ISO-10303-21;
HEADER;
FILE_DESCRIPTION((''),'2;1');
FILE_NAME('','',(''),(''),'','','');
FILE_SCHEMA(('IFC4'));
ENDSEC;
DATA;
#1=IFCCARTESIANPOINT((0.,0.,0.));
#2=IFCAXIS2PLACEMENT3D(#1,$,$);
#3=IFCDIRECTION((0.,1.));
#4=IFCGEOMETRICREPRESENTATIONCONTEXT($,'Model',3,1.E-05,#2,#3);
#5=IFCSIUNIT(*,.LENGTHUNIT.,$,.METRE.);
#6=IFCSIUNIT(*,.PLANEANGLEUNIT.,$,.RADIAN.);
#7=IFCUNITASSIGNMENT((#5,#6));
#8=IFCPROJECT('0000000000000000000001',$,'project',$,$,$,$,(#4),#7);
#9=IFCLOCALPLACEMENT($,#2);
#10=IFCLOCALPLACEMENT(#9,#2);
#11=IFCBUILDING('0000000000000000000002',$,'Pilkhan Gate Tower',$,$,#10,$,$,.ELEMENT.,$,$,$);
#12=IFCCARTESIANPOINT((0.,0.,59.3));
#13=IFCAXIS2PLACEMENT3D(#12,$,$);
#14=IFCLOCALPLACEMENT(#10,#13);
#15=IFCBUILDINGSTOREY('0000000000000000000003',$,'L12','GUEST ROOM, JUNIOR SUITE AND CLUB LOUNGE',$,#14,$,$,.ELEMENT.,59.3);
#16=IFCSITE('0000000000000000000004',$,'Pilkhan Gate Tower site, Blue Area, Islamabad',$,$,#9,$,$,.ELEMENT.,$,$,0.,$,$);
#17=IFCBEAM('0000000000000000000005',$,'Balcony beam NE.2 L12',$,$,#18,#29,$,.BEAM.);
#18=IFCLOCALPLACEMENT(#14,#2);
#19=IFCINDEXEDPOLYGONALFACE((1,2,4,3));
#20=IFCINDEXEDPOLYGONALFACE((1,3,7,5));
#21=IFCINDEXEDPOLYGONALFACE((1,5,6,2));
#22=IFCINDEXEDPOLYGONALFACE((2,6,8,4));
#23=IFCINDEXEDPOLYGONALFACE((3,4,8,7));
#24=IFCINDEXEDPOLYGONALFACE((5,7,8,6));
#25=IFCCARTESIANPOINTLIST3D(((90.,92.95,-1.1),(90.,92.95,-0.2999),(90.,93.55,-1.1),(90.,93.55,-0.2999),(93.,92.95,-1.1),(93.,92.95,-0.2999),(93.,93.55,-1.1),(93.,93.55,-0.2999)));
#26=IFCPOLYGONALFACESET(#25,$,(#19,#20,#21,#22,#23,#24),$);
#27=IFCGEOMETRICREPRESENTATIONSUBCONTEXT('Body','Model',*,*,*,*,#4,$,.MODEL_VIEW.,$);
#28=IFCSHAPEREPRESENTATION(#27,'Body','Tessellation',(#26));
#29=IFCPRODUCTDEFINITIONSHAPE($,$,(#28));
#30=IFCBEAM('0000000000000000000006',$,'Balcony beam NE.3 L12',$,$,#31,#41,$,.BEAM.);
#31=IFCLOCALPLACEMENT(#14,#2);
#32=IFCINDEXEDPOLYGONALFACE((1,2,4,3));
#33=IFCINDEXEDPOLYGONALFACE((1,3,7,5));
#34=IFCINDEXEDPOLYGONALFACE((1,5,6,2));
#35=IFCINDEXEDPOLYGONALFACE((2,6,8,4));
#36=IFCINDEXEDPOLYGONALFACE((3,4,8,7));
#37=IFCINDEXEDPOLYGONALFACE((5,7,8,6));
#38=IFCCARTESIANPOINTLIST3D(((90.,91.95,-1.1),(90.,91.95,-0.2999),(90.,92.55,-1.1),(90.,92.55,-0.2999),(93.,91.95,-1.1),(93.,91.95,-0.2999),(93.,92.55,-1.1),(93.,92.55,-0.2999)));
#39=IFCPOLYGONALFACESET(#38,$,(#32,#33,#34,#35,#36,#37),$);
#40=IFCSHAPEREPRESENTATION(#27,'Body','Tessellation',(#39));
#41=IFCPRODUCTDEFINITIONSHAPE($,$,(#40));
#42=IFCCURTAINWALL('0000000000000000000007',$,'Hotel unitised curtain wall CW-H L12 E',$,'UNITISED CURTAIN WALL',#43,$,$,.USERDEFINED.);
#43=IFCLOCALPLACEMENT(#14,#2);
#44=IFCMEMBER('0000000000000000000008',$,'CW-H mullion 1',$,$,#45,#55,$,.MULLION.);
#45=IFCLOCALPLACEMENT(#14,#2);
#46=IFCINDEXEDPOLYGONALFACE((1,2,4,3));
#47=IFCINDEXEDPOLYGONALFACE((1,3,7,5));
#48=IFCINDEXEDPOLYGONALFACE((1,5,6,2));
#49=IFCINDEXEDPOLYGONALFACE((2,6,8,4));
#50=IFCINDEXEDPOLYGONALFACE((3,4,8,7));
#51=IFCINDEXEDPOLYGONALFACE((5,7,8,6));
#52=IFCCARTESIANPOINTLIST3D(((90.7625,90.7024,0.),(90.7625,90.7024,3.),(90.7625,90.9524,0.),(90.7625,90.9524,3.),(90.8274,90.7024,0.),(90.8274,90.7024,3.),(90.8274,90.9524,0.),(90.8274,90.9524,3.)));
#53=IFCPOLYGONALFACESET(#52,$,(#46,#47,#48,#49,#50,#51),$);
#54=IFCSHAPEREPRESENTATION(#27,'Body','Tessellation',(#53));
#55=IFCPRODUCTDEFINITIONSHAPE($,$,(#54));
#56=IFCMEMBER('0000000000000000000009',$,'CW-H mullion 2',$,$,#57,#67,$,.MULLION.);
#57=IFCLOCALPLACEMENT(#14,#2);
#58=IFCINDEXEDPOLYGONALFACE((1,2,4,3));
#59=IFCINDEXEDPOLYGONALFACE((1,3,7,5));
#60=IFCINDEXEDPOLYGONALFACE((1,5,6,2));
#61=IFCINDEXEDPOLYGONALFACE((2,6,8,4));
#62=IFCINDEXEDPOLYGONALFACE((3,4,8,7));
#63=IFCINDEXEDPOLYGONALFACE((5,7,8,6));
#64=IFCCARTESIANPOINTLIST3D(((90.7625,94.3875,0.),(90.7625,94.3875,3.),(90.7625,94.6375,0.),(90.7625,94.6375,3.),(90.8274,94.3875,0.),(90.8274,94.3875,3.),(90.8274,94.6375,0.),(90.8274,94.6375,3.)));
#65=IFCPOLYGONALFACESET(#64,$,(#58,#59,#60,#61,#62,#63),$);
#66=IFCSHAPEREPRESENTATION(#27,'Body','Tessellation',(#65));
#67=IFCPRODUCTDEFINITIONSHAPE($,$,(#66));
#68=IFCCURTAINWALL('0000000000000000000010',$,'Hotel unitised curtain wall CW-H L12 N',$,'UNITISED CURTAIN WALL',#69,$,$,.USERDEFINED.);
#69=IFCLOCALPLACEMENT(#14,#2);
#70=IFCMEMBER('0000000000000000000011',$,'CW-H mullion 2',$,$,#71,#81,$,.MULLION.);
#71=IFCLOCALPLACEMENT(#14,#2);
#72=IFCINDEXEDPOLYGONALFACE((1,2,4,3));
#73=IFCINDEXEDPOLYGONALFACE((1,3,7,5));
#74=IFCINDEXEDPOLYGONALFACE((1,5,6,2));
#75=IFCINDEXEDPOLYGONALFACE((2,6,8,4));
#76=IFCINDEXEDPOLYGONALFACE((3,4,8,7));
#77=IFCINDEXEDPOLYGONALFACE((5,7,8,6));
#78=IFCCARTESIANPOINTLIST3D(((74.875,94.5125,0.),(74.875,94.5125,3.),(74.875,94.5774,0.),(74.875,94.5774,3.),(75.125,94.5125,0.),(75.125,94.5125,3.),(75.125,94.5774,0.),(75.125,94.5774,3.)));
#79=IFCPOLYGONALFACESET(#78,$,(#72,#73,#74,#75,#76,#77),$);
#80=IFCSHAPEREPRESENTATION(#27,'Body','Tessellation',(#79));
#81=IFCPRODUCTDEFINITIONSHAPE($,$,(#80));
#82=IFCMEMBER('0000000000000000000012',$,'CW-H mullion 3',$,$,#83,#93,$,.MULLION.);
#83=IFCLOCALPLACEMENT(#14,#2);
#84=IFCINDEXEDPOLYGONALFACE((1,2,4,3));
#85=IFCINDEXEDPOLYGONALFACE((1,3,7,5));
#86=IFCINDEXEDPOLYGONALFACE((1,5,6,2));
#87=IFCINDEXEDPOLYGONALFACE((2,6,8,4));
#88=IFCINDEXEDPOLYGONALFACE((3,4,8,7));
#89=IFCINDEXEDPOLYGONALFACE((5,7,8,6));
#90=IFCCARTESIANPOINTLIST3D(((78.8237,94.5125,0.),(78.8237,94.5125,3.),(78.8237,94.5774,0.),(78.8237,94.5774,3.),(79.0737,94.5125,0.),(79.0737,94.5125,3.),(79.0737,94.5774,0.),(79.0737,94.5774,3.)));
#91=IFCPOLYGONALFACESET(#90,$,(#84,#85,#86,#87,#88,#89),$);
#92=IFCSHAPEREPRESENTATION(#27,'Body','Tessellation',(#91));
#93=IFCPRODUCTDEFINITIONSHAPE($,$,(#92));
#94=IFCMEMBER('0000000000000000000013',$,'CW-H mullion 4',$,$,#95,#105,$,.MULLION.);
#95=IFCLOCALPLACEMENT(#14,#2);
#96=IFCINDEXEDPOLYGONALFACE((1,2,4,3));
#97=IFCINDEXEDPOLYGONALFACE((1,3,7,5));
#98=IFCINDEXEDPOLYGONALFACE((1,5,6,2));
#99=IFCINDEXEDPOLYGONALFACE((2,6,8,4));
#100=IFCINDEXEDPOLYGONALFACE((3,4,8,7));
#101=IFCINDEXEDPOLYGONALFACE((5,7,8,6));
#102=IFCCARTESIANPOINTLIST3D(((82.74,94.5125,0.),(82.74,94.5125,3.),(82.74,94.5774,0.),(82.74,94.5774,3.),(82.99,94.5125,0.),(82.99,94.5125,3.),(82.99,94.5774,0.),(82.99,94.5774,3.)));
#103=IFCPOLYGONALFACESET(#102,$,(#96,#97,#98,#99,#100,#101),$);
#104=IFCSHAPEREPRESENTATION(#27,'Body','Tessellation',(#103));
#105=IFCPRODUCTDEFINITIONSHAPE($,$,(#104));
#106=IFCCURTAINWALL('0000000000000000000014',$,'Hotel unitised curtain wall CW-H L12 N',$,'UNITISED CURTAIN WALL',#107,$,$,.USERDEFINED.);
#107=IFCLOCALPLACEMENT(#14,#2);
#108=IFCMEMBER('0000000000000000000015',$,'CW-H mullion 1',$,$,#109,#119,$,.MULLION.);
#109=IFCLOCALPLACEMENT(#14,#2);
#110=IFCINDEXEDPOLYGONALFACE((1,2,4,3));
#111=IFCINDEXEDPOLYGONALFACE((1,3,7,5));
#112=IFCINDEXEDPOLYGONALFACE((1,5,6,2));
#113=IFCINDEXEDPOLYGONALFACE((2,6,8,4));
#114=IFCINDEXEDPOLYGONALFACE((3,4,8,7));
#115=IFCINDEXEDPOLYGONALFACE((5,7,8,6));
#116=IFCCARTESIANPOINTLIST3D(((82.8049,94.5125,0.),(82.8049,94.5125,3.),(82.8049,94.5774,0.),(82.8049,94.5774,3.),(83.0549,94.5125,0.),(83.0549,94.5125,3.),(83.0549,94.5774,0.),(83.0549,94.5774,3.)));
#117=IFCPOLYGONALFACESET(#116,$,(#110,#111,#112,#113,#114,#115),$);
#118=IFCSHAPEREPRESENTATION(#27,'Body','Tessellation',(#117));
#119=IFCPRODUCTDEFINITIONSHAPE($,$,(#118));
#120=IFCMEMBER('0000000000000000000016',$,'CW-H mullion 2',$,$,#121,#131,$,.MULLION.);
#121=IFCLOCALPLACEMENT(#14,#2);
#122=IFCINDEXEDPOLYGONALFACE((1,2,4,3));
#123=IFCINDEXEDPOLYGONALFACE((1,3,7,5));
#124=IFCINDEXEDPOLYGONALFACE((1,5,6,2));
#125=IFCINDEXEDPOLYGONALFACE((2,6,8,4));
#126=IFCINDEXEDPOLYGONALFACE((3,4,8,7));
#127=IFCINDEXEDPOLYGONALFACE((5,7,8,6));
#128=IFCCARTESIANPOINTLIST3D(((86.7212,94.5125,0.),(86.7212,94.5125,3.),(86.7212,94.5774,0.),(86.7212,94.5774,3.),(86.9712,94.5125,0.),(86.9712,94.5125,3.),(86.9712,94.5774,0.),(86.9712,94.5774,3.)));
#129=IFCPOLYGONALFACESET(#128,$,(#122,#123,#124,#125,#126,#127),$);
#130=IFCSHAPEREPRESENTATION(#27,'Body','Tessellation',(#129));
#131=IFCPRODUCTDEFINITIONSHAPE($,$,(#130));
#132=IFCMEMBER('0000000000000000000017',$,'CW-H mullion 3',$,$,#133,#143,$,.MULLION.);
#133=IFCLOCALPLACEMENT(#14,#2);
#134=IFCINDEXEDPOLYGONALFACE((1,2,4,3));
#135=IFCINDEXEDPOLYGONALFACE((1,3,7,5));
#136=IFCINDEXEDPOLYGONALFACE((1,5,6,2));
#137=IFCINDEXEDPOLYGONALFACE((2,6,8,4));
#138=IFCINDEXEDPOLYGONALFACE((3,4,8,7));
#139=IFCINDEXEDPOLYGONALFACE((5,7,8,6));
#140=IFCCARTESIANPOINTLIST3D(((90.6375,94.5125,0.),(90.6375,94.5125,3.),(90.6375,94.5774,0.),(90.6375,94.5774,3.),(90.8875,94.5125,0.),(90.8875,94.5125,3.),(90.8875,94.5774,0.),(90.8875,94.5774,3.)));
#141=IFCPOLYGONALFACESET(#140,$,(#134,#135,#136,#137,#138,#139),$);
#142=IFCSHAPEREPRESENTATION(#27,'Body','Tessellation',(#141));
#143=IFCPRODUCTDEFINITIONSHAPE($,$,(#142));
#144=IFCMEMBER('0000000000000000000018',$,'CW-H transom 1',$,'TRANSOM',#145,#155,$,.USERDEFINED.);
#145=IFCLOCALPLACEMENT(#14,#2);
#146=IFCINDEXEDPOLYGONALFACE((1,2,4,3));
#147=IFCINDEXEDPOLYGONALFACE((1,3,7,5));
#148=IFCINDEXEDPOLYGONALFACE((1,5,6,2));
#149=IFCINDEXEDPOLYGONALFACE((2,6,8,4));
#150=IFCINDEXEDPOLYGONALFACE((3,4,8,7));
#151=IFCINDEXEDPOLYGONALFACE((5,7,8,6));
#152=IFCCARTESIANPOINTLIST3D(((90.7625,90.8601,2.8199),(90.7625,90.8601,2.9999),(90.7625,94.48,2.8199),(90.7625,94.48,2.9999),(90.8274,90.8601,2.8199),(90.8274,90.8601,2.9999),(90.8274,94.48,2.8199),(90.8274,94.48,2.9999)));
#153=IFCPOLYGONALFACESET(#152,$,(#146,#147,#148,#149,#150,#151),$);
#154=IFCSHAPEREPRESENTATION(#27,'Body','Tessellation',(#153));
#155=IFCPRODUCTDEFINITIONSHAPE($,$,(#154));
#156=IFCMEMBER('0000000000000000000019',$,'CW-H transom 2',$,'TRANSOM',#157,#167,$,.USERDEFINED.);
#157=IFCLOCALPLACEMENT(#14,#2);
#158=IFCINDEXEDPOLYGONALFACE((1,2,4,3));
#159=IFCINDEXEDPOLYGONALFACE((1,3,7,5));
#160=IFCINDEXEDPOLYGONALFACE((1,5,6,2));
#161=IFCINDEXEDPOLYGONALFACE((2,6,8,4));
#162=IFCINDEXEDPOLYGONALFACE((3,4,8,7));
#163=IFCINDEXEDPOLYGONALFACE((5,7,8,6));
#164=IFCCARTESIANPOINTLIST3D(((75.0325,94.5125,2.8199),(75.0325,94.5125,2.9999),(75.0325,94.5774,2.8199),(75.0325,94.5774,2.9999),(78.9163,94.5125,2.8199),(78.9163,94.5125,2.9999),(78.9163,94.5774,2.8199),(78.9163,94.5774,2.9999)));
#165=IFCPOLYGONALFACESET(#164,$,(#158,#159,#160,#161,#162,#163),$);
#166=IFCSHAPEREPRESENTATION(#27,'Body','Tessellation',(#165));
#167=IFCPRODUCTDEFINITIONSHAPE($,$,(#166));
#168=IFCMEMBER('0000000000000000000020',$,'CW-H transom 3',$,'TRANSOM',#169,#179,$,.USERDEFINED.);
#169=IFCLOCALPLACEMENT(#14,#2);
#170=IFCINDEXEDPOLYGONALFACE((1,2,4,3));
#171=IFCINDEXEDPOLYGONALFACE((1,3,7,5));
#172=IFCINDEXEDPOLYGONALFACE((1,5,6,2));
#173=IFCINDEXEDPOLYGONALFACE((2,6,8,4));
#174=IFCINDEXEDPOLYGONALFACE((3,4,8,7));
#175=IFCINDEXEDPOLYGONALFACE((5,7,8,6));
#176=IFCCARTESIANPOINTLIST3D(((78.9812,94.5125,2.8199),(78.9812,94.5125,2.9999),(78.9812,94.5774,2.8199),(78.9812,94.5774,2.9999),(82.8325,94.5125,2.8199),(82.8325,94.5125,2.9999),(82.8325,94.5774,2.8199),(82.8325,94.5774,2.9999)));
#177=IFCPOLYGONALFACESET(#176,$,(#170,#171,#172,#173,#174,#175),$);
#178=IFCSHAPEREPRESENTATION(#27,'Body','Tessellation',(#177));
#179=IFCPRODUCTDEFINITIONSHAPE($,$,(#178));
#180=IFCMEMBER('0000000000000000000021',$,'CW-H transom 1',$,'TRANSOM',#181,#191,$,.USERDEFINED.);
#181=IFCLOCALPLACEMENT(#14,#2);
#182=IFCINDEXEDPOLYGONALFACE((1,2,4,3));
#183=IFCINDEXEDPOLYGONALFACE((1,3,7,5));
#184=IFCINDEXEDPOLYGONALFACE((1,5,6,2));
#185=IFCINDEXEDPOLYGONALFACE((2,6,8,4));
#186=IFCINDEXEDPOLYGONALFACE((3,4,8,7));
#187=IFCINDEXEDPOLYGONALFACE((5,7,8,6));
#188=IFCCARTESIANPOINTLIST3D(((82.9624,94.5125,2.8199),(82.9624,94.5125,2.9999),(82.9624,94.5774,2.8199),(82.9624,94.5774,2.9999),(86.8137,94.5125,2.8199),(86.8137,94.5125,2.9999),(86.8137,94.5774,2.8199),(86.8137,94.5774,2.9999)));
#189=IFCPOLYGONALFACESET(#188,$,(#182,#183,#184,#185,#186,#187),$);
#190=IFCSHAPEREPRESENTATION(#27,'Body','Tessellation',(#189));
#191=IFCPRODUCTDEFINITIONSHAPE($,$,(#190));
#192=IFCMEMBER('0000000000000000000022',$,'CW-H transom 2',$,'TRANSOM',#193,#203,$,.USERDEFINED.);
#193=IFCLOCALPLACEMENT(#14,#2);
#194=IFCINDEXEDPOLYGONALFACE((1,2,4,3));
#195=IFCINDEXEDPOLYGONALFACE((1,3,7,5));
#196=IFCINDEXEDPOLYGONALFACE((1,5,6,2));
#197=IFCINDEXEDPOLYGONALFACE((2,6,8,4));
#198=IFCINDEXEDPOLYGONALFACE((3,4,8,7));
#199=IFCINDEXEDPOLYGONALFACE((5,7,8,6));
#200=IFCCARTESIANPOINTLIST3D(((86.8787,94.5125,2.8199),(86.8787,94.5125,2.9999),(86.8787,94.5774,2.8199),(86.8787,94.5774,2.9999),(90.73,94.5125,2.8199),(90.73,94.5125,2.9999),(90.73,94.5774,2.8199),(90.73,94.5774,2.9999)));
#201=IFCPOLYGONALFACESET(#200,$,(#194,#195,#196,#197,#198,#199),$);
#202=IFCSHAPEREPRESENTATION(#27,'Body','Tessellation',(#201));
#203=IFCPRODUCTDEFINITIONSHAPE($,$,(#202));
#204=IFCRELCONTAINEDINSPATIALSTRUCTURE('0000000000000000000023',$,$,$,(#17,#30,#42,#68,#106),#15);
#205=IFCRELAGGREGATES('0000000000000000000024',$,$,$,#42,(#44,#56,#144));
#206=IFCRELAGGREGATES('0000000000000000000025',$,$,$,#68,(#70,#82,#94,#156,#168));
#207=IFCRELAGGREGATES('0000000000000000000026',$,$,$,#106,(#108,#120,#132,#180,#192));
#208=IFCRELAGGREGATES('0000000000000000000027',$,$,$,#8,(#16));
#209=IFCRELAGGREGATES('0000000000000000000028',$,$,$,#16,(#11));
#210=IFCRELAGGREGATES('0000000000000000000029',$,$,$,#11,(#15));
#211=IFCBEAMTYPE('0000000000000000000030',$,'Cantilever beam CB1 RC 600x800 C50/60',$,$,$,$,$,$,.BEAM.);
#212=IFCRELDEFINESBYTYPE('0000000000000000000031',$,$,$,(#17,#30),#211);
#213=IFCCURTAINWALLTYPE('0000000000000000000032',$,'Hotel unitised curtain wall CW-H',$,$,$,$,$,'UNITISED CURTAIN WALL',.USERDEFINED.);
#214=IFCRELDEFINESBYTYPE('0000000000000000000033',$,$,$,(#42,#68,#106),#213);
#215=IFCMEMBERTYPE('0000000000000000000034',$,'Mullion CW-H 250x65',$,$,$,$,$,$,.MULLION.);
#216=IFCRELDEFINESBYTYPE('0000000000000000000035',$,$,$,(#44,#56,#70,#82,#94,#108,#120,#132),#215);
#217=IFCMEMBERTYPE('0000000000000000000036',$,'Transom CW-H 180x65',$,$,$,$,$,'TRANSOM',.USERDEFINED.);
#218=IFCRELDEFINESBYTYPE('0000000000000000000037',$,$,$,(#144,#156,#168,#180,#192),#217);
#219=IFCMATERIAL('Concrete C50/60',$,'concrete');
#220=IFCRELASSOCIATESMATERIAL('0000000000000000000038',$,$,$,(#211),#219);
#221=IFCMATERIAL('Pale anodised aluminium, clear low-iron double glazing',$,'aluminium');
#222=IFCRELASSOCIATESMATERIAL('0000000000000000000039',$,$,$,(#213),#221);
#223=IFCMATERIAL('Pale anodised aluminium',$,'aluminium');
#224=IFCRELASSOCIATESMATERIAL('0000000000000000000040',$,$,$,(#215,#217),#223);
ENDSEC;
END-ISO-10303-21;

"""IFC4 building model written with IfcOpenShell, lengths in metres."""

from ifc_helpers import new_model, si_unit, direction, frame, origin, origin_2d, place, context, subcontext, project, spatial, rectangle, extrude, material, material_profile, profile_set, type_object, element, aggregate, save


model = new_model("IFC4")

# Units and contexts
model_context = context("Model", 3, precision=1e-05, world=origin(), true_north=direction((0.0, 1.0)))
body_context = subcontext(model_context, "Body", "Model", "MODEL_VIEW")
ifc_project = project(units=[si_unit("LENGTHUNIT", "METRE"), si_unit("PLANEANGLEUNIT", "RADIAN")], contexts=[model_context])

# Site, building, storey
site_placement = place(None, origin())
site = spatial("IfcSite", under=ifc_project, at=site_placement, Name="Pilkhan Gate Tower site, Blue Area, Islamabad", CompositionType="ELEMENT", RefElevation=0.0)
building_placement = place(site_placement, origin())
building = spatial("IfcBuilding", under=site, at=building_placement, Name="Pilkhan Gate Tower", CompositionType="ELEMENT")
storey_placement = place(building_placement, frame((0.0, 0.0, 59.3)))
storey = spatial("IfcBuildingStorey", under=building, at=storey_placement, Name="L12", Description="GUEST ROOM, JUNIOR SUITE AND CLUB LOUNGE", CompositionType="ELEMENT", Elevation=59.3)

# Beams
ifc_material_1 = material(Name="Concrete C50/60", Category="concrete")
ifc_material_profile_1 = material_profile(ifc_material_1, rectangle(XDim=0.6001, YDim=0.8, at=origin_2d()), Name="RC 600x800")
ifc_profile_set_1 = profile_set([ifc_material_profile_1], Name="Concrete C50/60")
beam_type = type_object("IfcBeamType", Name="Cantilever beam CB1 RC 600x800 C50/60", PredefinedType="BEAM", material=ifc_profile_set_1)
for number, where, z_axis, x_axis, name in (
    (1, (90.0, 93.25, -0.7), (1.0, 0.0, 0.0), (0.0, 1.0, 0.0), "Balcony beam NE.2 L12"),
    (2, (90.0, 92.25, -0.7), (1.0, 0.0, 0.0), (0.0, 1.0, 0.0), "Balcony beam NE.3 L12"),
):
    element("IfcBeam", number, at=place(storey_placement, frame(where, z_axis=z_axis, x_axis=x_axis)), inside=storey, type_object=beam_type, Name=name, PredefinedType="BEAM", context=body_context, shape_type="SweptSolid", body=[
        extrude(rectangle(XDim=0.6001, YDim=0.8, at=origin_2d()), origin(), (0.0, 0.0, 1.0), 3.0),
    ])

# Curtain walls, members
ifc_material_2 = material(Name="Pale anodised aluminium, clear low-iron double glazing", Category="aluminium")
curtain_wall_type = type_object("IfcCurtainWallType", Name="Hotel unitised curtain wall CW-H", ElementType="UNITISED CURTAIN WALL", PredefinedType="USERDEFINED", material=ifc_material_2)
curtain_wall_1_placement = place(storey_placement, origin())
curtain_wall_1 = element("IfcCurtainWall", 3, at=curtain_wall_1_placement, inside=storey, type_object=curtain_wall_type, Name="Hotel unitised curtain wall CW-H L12 E", ObjectType="UNITISED CURTAIN WALL", PredefinedType="USERDEFINED")
ifc_material_3 = material(Name="Pale anodised aluminium", Category="aluminium")
ifc_material_profile_2 = material_profile(ifc_material_3, rectangle(XDim=0.0649, YDim=0.25, at=origin_2d()), Name="Mullion 250x65")
ifc_profile_set_2 = profile_set([ifc_material_profile_2], Name="Pale anodised aluminium")
member_type_1 = type_object("IfcMemberType", Name="Mullion CW-H 250x65", PredefinedType="MULLION", material=ifc_profile_set_2)
member_1_placement = place(storey_placement, frame((90.7949, 90.8274, 0.0), z_axis=(0.0, 0.0, 1.0), x_axis=(-1.0, 0.0, 0.0)))
member_1 = element("IfcMember", 4, at=member_1_placement, type_object=member_type_1, Name="CW-H mullion 1", PredefinedType="MULLION", context=body_context, shape_type="SweptSolid", body=[
    extrude(rectangle(XDim=0.0649, YDim=0.25, at=origin_2d()), origin(), (0.0, 0.0, 1.0), 3.0),
])
member_2_placement = place(storey_placement, frame((90.7949, 94.5125, 0.0), z_axis=(0.0, 0.0, 1.0), x_axis=(-1.0, 0.0, 0.0)))
member_2 = element("IfcMember", 5, at=member_2_placement, type_object=member_type_1, Name="CW-H mullion 2", PredefinedType="MULLION", context=body_context, shape_type="SweptSolid", body=[
    extrude(rectangle(XDim=0.0649, YDim=0.25, at=origin_2d()), origin(), (0.0, 0.0, 1.0), 3.0),
])
curtain_wall_2_placement = place(storey_placement, origin())
curtain_wall_2 = element("IfcCurtainWall", 6, at=curtain_wall_2_placement, inside=storey, type_object=curtain_wall_type, Name="Hotel unitised curtain wall CW-H L12 N", ObjectType="UNITISED CURTAIN WALL", PredefinedType="USERDEFINED")
member_3_placement = place(storey_placement, frame((75.0, 94.5449, 0.0), z_axis=(0.0, 0.0, 1.0), x_axis=(0.0, 1.0, 0.0)))
member_3 = element("IfcMember", 7, at=member_3_placement, type_object=member_type_1, Name="CW-H mullion 2", PredefinedType="MULLION", context=body_context, shape_type="SweptSolid", body=[
    extrude(rectangle(XDim=0.0649, YDim=0.25, at=origin_2d()), origin(), (0.0, 0.0, 1.0), 3.0),
])
member_4_placement = place(storey_placement, frame((78.9487, 94.5449, 0.0), z_axis=(0.0, 0.0, 1.0), x_axis=(0.0, 1.0, 0.0)))
member_4 = element("IfcMember", 8, at=member_4_placement, type_object=member_type_1, Name="CW-H mullion 3", PredefinedType="MULLION", context=body_context, shape_type="SweptSolid", body=[
    extrude(rectangle(XDim=0.0649, YDim=0.25, at=origin_2d()), origin(), (0.0, 0.0, 1.0), 3.0),
])
member_5_placement = place(storey_placement, frame((82.865, 94.5449, 0.0), z_axis=(0.0, 0.0, 1.0), x_axis=(0.0, 1.0, 0.0)))
member_5 = element("IfcMember", 9, at=member_5_placement, type_object=member_type_1, Name="CW-H mullion 4", PredefinedType="MULLION", context=body_context, shape_type="SweptSolid", body=[
    extrude(rectangle(XDim=0.0649, YDim=0.25, at=origin_2d()), origin(), (0.0, 0.0, 1.0), 3.0),
])
curtain_wall_3_placement = place(storey_placement, origin())
curtain_wall_3 = element("IfcCurtainWall", 10, at=curtain_wall_3_placement, inside=storey, type_object=curtain_wall_type, Name="Hotel unitised curtain wall CW-H L12 N", ObjectType="UNITISED CURTAIN WALL", PredefinedType="USERDEFINED")
member_6_placement = place(storey_placement, frame((82.9299, 94.5449, 0.0), z_axis=(0.0, 0.0, 1.0), x_axis=(0.0, 1.0, 0.0)))
member_6 = element("IfcMember", 11, at=member_6_placement, type_object=member_type_1, Name="CW-H mullion 1", PredefinedType="MULLION", context=body_context, shape_type="SweptSolid", body=[
    extrude(rectangle(XDim=0.0649, YDim=0.25, at=origin_2d()), origin(), (0.0, 0.0, 1.0), 3.0),
])
member_7_placement = place(storey_placement, frame((86.8462, 94.5449, 0.0), z_axis=(0.0, 0.0, 1.0), x_axis=(0.0, 1.0, 0.0)))
member_7 = element("IfcMember", 12, at=member_7_placement, type_object=member_type_1, Name="CW-H mullion 2", PredefinedType="MULLION", context=body_context, shape_type="SweptSolid", body=[
    extrude(rectangle(XDim=0.0649, YDim=0.25, at=origin_2d()), origin(), (0.0, 0.0, 1.0), 3.0),
])
member_8_placement = place(storey_placement, frame((90.7625, 94.5449, 0.0), z_axis=(0.0, 0.0, 1.0), x_axis=(0.0, 1.0, 0.0)))
member_8 = element("IfcMember", 13, at=member_8_placement, type_object=member_type_1, Name="CW-H mullion 3", PredefinedType="MULLION", context=body_context, shape_type="SweptSolid", body=[
    extrude(rectangle(XDim=0.0649, YDim=0.25, at=origin_2d()), origin(), (0.0, 0.0, 1.0), 3.0),
])

# Members
ifc_material_profile_3 = material_profile(ifc_material_3, rectangle(XDim=0.0649, YDim=0.1799, at=origin_2d()), Name="Transom 180x65")
ifc_profile_set_3 = profile_set([ifc_material_profile_3], Name="Pale anodised aluminium")
member_type_2 = type_object("IfcMemberType", Name="Transom CW-H 180x65", ElementType="TRANSOM", PredefinedType="USERDEFINED", material=ifc_profile_set_3)
member_9_placement = place(storey_placement, frame((90.7949, 90.8601, 2.9099), z_axis=(0.0, 1.0, 0.0), x_axis=(-1.0, 0.0, 0.0)))
member_9 = element("IfcMember", 14, at=member_9_placement, type_object=member_type_2, Name="CW-H transom 1", ObjectType="TRANSOM", PredefinedType="USERDEFINED", context=body_context, shape_type="SweptSolid", body=[
    extrude(rectangle(XDim=0.0649, YDim=0.1799, at=origin_2d()), origin(), (0.0, 0.0, 1.0), 3.6199),
])
member_10_placement = place(storey_placement, frame((75.0325, 94.5449, 2.9099), z_axis=(1.0, 0.0, 0.0), x_axis=(0.0, 1.0, 0.0)))
member_10 = element("IfcMember", 15, at=member_10_placement, type_object=member_type_2, Name="CW-H transom 2", ObjectType="TRANSOM", PredefinedType="USERDEFINED", context=body_context, shape_type="SweptSolid", body=[
    extrude(rectangle(XDim=0.0649, YDim=0.1799, at=origin_2d()), origin(), (0.0, 0.0, 1.0), 3.8838),
])
member_11_placement = place(storey_placement, frame((78.9812, 94.5449, 2.9099), z_axis=(1.0, 0.0, 0.0), x_axis=(0.0, 1.0, 0.0)))
member_11 = element("IfcMember", 16, at=member_11_placement, type_object=member_type_2, Name="CW-H transom 3", ObjectType="TRANSOM", PredefinedType="USERDEFINED", context=body_context, shape_type="SweptSolid", body=[
    extrude(rectangle(XDim=0.0649, YDim=0.1799, at=origin_2d()), origin(), (0.0, 0.0, 1.0), 3.8513),
])
member_12_placement = place(storey_placement, frame((82.9624, 94.5449, 2.9099), z_axis=(1.0, 0.0, 0.0), x_axis=(0.0, 1.0, 0.0)))
member_12 = element("IfcMember", 17, at=member_12_placement, type_object=member_type_2, Name="CW-H transom 1", ObjectType="TRANSOM", PredefinedType="USERDEFINED", context=body_context, shape_type="SweptSolid", body=[
    extrude(rectangle(XDim=0.0649, YDim=0.1799, at=origin_2d()), origin(), (0.0, 0.0, 1.0), 3.8513),
])
member_13_placement = place(storey_placement, frame((86.8787, 94.5449, 2.9099), z_axis=(1.0, 0.0, 0.0), x_axis=(0.0, 1.0, 0.0)))
member_13 = element("IfcMember", 18, at=member_13_placement, type_object=member_type_2, Name="CW-H transom 2", ObjectType="TRANSOM", PredefinedType="USERDEFINED", context=body_context, shape_type="SweptSolid", body=[
    extrude(rectangle(XDim=0.0649, YDim=0.1799, at=origin_2d()), origin(), (0.0, 0.0, 1.0), 3.8513),
])

aggregate(curtain_wall_1, [member_1, member_2, member_9])
aggregate(curtain_wall_2, [member_3, member_4, member_5, member_10, member_11])
aggregate(curtain_wall_3, [member_6, member_7, member_8, member_12, member_13])

save(model, "model.ifc")
